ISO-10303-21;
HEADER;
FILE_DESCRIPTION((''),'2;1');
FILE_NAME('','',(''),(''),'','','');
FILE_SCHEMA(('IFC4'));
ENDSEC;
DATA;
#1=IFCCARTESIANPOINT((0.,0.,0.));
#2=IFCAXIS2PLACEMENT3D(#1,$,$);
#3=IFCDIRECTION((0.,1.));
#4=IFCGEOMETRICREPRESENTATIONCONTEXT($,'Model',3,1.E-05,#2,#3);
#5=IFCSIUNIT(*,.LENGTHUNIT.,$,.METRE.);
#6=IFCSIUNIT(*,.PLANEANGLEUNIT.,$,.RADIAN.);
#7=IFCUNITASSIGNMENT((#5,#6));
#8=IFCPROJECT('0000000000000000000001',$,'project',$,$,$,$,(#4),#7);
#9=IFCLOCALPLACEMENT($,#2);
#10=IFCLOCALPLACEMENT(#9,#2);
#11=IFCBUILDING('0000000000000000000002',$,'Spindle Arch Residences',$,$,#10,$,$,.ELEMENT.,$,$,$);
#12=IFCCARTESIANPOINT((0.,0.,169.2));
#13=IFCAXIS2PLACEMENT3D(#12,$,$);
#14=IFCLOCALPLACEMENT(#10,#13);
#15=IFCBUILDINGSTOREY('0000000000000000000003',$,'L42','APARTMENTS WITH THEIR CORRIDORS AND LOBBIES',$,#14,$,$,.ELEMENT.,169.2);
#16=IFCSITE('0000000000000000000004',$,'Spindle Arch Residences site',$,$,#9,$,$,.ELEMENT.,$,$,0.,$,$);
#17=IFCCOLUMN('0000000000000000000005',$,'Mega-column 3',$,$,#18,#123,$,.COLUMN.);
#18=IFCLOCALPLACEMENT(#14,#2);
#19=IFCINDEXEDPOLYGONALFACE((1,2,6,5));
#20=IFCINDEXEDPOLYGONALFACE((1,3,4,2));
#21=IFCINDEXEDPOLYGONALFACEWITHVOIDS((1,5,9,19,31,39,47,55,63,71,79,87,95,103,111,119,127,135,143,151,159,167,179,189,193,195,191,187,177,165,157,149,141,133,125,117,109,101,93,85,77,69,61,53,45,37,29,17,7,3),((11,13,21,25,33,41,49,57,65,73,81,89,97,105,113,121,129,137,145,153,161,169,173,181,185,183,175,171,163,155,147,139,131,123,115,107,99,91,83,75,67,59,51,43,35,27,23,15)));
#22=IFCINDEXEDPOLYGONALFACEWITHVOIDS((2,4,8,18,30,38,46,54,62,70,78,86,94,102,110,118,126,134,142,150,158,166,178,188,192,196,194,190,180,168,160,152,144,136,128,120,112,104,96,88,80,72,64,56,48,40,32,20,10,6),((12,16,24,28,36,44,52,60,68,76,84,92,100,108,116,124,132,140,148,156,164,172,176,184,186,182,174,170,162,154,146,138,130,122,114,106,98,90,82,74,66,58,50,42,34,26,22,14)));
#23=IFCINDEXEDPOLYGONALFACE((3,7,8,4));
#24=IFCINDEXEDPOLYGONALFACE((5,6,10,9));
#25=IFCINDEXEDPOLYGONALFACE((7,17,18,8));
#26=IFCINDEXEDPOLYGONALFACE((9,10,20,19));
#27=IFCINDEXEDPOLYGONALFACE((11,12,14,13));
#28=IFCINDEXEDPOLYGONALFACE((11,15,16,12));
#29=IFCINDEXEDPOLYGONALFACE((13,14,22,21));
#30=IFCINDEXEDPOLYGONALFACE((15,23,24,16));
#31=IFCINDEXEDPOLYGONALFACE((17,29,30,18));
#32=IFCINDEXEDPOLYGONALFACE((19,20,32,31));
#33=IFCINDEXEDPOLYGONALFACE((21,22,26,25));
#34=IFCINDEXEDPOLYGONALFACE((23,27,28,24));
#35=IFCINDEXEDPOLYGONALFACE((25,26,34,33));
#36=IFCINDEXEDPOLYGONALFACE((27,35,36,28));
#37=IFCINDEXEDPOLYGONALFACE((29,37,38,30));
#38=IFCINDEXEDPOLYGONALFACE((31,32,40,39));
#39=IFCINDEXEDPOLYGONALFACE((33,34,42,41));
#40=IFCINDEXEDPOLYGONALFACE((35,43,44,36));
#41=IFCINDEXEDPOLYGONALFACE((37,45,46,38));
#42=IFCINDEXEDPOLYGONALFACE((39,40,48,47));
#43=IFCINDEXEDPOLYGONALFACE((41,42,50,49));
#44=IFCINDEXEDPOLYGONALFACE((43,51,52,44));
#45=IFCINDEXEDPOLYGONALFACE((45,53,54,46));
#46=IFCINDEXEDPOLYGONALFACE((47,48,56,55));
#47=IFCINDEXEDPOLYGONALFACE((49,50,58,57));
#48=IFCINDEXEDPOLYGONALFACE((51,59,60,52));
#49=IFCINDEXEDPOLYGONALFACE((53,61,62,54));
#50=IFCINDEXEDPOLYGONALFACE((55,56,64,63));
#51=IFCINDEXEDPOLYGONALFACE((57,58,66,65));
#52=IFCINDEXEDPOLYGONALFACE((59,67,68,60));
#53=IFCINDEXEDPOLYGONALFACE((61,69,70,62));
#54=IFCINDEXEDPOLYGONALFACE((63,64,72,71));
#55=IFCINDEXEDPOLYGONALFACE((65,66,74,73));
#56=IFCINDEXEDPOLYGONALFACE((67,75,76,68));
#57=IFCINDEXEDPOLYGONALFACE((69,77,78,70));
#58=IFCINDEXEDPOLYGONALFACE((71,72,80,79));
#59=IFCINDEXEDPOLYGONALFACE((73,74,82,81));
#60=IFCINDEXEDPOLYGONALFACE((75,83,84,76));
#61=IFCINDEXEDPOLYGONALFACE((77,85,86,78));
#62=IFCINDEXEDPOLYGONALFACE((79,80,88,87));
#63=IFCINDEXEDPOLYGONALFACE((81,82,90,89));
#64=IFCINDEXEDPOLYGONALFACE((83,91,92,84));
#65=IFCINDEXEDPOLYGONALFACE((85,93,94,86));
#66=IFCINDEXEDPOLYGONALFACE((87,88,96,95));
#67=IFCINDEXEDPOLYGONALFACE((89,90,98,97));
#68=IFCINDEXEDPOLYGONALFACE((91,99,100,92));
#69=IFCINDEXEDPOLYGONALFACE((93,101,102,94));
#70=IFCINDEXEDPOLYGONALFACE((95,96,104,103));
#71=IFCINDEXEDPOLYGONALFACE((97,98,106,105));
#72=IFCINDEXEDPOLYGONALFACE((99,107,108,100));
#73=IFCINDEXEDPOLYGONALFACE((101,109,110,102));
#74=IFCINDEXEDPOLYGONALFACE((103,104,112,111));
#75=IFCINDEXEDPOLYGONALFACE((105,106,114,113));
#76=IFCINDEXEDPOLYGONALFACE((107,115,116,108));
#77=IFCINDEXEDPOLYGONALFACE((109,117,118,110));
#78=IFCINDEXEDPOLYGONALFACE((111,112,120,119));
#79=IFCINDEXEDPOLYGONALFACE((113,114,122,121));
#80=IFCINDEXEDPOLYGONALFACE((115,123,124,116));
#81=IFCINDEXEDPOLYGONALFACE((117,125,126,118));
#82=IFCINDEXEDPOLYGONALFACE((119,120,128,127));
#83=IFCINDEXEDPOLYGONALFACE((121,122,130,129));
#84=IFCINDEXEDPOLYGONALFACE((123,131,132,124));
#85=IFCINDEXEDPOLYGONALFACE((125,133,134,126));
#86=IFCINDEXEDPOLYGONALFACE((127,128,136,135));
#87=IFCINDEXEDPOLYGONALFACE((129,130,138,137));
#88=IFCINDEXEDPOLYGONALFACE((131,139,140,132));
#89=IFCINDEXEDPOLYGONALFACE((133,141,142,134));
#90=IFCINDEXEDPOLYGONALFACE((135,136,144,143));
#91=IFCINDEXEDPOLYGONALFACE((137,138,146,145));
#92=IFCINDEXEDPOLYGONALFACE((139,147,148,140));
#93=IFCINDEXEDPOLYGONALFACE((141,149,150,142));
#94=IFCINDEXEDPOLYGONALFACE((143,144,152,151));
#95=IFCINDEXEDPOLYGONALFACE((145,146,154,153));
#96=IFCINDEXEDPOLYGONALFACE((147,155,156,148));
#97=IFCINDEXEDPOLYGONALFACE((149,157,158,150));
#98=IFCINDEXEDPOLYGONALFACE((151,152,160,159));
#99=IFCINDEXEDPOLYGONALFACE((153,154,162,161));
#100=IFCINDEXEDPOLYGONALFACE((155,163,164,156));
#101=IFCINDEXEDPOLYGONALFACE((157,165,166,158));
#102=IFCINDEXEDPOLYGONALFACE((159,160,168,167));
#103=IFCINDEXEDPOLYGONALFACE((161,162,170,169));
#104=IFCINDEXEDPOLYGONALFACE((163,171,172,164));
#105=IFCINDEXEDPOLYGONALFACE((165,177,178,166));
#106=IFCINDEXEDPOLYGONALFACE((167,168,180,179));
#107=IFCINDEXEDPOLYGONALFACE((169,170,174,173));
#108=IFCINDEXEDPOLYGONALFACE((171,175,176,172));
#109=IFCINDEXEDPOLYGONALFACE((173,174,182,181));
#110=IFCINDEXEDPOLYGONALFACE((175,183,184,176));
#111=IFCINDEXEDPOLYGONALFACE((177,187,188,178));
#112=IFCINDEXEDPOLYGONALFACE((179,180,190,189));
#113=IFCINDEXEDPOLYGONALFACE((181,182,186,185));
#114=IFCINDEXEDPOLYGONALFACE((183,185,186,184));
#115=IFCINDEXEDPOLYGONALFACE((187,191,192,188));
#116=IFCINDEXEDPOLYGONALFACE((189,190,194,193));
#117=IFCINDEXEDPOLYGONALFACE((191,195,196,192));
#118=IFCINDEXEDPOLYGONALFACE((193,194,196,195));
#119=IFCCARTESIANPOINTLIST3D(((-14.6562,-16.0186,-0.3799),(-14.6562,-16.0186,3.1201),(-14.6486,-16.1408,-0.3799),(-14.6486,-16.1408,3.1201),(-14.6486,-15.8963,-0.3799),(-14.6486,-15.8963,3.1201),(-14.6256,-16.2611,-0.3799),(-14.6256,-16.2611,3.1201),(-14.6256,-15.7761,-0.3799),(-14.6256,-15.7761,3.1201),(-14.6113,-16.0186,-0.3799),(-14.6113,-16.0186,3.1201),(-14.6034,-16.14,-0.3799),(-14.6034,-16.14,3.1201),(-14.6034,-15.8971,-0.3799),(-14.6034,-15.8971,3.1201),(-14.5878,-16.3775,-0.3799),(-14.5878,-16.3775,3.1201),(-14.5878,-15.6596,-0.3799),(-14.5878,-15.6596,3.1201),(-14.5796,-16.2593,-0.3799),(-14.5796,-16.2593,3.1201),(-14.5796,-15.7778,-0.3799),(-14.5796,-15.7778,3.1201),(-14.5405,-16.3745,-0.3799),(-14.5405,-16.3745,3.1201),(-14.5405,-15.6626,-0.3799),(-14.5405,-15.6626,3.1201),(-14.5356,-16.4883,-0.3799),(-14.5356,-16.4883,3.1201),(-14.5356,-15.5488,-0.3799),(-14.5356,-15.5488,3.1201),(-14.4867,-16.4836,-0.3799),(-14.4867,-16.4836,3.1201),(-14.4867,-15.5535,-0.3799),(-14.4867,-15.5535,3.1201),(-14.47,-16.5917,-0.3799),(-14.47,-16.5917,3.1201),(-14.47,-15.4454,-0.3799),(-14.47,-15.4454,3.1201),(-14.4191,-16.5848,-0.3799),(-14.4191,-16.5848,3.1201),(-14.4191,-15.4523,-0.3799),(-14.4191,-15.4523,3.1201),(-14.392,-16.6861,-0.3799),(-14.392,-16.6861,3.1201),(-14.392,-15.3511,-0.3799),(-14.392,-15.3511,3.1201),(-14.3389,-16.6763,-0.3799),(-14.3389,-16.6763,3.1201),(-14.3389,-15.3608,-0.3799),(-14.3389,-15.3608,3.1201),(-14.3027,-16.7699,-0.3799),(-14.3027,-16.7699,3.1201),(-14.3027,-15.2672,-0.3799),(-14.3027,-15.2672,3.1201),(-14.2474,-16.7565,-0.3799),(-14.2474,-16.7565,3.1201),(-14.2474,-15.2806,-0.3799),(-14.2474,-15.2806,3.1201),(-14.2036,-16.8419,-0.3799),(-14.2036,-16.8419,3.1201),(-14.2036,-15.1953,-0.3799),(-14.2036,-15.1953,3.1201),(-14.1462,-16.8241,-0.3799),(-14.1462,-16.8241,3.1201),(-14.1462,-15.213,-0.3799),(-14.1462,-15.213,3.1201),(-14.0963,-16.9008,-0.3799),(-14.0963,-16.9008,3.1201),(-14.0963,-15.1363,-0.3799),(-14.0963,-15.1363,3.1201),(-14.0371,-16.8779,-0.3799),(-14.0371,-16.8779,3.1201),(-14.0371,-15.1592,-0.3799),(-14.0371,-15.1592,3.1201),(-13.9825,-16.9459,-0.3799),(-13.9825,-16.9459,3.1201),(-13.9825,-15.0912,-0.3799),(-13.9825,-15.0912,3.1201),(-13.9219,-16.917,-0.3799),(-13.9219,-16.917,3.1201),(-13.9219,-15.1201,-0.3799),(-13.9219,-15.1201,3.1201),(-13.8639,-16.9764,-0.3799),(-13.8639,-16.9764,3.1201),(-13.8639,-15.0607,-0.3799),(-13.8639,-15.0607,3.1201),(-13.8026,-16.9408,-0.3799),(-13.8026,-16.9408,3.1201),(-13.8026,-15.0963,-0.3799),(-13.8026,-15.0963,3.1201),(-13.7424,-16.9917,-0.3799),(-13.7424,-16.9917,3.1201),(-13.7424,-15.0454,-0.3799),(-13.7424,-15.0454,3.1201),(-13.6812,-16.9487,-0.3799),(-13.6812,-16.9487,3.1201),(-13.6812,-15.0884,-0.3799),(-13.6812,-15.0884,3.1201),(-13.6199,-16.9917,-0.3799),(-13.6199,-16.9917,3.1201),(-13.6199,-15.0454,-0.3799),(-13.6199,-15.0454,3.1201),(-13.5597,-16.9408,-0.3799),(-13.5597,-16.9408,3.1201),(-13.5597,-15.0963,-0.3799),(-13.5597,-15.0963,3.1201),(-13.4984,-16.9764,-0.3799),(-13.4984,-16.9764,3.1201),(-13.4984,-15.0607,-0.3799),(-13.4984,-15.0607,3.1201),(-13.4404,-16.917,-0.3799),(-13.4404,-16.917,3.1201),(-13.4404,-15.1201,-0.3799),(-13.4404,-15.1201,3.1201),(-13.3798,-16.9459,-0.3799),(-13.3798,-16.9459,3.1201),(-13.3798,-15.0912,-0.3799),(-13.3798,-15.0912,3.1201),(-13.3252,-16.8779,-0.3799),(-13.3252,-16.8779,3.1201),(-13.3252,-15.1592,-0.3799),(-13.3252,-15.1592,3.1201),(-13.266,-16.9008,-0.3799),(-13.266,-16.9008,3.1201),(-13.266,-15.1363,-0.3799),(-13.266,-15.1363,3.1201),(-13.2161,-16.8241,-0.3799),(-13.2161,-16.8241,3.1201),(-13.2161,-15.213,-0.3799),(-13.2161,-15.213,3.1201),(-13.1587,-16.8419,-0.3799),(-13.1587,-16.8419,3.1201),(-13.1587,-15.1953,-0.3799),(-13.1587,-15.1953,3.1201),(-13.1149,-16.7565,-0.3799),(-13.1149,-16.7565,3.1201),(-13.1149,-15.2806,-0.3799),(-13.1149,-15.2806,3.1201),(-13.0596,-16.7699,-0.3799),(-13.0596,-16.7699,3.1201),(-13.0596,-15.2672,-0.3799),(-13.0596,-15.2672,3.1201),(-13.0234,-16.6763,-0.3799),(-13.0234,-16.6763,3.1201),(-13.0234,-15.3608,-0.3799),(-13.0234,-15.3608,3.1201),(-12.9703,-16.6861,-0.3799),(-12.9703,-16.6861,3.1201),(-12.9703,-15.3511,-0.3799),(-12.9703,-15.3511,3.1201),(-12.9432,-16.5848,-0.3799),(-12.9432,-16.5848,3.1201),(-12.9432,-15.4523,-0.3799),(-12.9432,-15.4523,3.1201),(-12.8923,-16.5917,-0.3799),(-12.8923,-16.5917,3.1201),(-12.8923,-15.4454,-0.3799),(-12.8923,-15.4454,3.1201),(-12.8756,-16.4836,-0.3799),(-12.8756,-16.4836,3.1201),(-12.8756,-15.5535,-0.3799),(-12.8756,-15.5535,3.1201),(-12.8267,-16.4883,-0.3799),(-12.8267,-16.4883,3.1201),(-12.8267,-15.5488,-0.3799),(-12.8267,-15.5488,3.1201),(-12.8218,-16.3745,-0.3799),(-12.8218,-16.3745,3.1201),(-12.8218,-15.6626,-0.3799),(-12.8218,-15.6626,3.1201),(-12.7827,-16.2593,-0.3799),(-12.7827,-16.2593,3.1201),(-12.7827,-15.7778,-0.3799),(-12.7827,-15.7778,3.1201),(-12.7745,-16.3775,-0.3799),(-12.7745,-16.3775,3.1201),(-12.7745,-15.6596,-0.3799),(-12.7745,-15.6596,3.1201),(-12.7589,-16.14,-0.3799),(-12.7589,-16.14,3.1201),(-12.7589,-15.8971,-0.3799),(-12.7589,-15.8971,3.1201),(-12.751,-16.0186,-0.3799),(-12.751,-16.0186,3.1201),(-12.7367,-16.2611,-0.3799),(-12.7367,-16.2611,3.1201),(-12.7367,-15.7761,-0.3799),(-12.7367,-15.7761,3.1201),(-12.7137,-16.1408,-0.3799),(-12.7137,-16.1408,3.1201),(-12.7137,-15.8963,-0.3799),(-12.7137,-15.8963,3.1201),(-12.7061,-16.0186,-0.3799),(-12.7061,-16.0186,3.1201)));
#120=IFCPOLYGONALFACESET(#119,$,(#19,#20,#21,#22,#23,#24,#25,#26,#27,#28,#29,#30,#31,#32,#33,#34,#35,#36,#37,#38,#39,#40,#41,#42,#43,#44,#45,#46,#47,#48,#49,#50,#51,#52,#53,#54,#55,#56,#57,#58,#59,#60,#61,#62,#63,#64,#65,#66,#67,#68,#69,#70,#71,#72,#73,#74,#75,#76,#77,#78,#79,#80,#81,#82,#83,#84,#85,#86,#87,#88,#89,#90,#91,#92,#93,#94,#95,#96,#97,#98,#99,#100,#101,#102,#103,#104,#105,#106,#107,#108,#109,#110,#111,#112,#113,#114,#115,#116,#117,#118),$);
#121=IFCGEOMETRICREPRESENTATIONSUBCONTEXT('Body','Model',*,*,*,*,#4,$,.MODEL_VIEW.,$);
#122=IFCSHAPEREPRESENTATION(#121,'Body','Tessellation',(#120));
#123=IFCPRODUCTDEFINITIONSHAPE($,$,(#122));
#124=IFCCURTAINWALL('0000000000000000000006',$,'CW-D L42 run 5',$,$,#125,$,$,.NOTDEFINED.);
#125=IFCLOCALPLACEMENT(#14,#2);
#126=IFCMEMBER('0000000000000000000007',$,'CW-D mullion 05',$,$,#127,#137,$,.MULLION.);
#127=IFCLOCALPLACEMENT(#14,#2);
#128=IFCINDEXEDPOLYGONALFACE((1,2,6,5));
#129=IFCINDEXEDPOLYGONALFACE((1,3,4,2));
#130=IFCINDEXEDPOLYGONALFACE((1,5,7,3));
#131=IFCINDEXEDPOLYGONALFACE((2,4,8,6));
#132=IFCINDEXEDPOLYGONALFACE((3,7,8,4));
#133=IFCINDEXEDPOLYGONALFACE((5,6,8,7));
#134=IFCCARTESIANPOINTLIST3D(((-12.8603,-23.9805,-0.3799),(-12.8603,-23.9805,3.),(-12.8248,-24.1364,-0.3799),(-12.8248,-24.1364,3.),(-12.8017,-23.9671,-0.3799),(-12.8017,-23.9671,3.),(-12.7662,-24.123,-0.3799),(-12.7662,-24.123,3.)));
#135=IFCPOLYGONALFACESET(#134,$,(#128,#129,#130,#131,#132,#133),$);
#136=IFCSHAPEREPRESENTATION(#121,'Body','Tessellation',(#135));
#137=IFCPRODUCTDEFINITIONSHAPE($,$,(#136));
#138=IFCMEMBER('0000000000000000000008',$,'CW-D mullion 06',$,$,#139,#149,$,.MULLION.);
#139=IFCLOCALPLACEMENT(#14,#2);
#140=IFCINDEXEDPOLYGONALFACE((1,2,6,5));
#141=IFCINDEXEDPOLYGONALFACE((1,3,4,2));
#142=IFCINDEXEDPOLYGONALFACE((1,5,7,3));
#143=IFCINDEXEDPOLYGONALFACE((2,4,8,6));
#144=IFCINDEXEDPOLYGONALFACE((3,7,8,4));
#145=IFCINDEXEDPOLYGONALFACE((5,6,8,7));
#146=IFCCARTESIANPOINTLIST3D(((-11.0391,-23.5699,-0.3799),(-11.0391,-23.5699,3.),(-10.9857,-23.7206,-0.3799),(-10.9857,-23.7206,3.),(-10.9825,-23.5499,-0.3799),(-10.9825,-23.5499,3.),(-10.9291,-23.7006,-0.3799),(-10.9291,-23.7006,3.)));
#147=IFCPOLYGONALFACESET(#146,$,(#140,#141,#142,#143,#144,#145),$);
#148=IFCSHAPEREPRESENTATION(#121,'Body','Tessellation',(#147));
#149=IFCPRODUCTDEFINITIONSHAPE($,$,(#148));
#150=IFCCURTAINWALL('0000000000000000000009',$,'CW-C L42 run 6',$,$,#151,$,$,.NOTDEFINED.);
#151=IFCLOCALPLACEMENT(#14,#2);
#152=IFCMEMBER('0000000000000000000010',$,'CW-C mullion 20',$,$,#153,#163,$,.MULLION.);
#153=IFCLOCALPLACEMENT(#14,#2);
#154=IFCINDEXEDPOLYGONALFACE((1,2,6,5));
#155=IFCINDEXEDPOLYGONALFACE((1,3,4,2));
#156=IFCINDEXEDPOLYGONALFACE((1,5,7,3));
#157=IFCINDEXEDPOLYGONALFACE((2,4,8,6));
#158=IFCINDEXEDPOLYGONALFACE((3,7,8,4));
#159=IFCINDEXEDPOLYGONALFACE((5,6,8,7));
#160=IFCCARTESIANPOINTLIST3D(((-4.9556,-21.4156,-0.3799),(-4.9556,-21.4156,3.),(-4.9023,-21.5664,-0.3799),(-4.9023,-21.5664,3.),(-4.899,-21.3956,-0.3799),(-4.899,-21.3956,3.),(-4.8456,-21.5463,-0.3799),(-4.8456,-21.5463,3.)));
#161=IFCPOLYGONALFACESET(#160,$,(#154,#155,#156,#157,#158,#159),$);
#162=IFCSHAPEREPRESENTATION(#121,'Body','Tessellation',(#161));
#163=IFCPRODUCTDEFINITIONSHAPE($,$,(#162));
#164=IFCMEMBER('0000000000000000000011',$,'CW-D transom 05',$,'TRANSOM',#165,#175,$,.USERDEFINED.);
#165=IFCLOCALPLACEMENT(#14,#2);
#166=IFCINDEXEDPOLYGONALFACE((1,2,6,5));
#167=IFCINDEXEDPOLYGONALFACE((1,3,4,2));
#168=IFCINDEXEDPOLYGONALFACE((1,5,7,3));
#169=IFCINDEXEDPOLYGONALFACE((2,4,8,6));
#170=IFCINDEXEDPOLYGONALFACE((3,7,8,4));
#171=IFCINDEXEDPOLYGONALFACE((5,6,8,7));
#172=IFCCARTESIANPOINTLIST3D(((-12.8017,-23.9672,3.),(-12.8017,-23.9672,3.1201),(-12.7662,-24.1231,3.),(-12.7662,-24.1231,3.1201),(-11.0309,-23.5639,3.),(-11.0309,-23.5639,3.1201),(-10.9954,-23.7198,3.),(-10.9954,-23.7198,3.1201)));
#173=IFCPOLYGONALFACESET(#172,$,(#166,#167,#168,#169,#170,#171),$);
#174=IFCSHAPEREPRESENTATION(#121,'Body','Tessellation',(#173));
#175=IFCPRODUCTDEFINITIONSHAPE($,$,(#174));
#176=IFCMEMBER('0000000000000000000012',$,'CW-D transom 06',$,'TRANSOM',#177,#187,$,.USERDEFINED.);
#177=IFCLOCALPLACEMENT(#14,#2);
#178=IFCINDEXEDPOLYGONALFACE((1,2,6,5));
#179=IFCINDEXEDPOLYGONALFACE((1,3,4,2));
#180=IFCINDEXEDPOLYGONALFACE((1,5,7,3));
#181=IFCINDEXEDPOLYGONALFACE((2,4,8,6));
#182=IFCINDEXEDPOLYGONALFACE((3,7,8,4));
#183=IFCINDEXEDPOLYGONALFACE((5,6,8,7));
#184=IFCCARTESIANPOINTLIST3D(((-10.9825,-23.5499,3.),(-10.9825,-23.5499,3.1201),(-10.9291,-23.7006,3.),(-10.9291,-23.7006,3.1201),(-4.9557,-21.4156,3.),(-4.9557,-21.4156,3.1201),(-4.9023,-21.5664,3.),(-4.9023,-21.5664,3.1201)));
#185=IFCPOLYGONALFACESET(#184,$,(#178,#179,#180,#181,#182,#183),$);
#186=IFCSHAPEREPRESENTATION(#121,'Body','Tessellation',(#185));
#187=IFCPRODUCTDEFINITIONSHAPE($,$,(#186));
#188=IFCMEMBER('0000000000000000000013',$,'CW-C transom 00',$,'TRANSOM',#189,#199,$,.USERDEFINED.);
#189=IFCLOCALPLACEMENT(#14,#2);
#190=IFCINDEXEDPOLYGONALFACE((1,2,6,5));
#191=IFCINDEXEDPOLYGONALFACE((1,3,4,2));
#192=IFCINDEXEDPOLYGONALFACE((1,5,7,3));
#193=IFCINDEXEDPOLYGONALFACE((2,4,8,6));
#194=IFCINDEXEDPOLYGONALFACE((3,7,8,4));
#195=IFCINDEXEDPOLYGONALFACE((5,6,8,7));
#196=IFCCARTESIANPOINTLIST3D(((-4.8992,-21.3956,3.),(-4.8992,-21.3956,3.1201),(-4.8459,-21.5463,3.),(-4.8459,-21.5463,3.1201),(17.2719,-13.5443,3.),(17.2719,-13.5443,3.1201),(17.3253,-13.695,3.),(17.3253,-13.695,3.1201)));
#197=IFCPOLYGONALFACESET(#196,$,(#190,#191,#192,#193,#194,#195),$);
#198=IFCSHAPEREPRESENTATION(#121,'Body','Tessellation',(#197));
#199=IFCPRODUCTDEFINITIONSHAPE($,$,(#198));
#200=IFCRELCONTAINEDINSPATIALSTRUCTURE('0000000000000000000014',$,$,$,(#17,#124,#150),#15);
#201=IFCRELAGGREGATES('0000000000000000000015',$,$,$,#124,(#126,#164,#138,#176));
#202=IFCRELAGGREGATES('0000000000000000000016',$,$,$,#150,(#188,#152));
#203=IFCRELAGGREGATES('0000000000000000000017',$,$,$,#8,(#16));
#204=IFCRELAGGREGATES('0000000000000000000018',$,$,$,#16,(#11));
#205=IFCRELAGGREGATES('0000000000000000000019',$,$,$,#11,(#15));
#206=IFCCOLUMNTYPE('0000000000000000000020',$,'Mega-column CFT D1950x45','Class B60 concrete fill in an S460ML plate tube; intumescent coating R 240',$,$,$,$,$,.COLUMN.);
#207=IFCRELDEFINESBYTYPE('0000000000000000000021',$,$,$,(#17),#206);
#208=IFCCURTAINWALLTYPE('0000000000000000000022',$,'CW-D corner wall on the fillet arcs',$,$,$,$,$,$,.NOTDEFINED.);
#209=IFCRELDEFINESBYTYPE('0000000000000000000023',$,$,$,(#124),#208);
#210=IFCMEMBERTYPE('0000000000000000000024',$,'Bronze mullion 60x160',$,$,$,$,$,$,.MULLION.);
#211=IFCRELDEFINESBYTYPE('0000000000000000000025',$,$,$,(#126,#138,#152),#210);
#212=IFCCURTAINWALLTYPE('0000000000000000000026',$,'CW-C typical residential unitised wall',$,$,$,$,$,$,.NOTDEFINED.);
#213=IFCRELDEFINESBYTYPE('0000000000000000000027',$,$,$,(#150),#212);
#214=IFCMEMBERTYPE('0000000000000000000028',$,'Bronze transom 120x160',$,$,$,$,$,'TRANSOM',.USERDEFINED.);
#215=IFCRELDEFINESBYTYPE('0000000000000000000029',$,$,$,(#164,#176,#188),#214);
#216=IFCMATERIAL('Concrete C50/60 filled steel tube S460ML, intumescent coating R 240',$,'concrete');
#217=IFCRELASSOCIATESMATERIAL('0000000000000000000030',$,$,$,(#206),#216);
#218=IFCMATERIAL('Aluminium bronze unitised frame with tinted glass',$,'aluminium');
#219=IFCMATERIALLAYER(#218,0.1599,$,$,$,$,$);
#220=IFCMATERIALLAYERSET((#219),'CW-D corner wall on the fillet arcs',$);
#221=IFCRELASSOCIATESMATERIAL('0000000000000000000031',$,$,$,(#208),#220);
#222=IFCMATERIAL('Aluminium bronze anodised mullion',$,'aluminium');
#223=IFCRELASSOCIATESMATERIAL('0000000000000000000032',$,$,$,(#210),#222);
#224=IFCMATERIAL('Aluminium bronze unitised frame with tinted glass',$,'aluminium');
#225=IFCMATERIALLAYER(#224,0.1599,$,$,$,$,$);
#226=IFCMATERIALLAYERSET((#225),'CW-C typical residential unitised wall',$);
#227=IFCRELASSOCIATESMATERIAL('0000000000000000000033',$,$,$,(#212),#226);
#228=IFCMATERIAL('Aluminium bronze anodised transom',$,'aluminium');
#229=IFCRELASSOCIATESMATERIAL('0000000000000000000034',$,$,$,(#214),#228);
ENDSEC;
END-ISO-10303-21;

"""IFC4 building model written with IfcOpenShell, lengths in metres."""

from ifc_helpers import new_model, si_unit, direction, frame, origin, origin_2d, place, context, subcontext, project, spatial, rectangle, hollow_circle, extrude, material, layer, layer_set, material_profile, profile_set, type_object, element, aggregate, save


model = new_model("IFC4")

# Units and contexts
model_context = context("Model", 3, precision=1e-05, world=origin(), true_north=direction((0.0, 1.0)))
body_context = subcontext(model_context, "Body", "Model", "MODEL_VIEW")
ifc_project = project(units=[si_unit("LENGTHUNIT", "METRE"), si_unit("PLANEANGLEUNIT", "RADIAN")], contexts=[model_context])

# Site, building, storey
site_placement = place(None, origin())
site = spatial("IfcSite", under=ifc_project, at=site_placement, Name="Spindle Arch Residences site", CompositionType="ELEMENT", RefElevation=0.0)
building_placement = place(site_placement, origin())
building = spatial("IfcBuilding", under=site, at=building_placement, Name="Spindle Arch Residences", CompositionType="ELEMENT")
storey_placement = place(building_placement, frame((0.0, 0.0, 169.2)))
storey = spatial("IfcBuildingStorey", under=building, at=storey_placement, Name="L42", Description="APARTMENTS WITH THEIR CORRIDORS AND LOBBIES", CompositionType="ELEMENT", Elevation=169.2)

# Column
ifc_material_1 = material(Name="Concrete C50/60 filled steel tube S460ML, intumescent coating R 240", Category="concrete")
ifc_material_profile_1 = material_profile(ifc_material_1, hollow_circle(Radius=0.9751, WallThickness=0.0449, at=origin_2d()), Name="CFT D1950x45")
ifc_profile_set_1 = profile_set([ifc_material_profile_1], Name="Concrete C50/60 filled steel tube S460ML, intumescent coating R 240")
column_type_1 = type_object("IfcColumnType", Name="Mega-column CFT D1950x45", Description="Class B60 concrete fill in an S460ML plate tube; intumescent coating R 240", PredefinedType="COLUMN", material=ifc_profile_set_1)
column_placement = place(storey_placement, frame((-13.6812, -16.0186, -0.3799), z_axis=(0.0, 0.0, 1.0), x_axis=(1.0, 0.0, 0.0)))
element("IfcColumn", 1, at=column_placement, inside=storey, type_object=column_type_1, Name="Mega-column 3", PredefinedType="COLUMN", context=body_context, shape_type="SweptSolid", body=[
    extrude(hollow_circle(Radius=0.9751, WallThickness=0.0449, at=origin_2d()), origin(), (0.0, 0.0, 1.0), 3.5),
])

# Curtain wall, members
ifc_material_2 = material(Name="Aluminium bronze unitised frame with tinted glass", Category="aluminium")
ifc_layer_1 = layer(ifc_material_2, 0.1599)
ifc_layer_set_1 = layer_set([ifc_layer_1], Name="CW-D corner wall on the fillet arcs")
curtain_wall_type_1 = type_object("IfcCurtainWallType", Name="CW-D corner wall on the fillet arcs", PredefinedType="NOTDEFINED", material=ifc_layer_set_1)
curtain_wall_1_placement = place(storey_placement, origin())
curtain_wall_1 = element("IfcCurtainWall", 2, at=curtain_wall_1_placement, inside=storey, type_object=curtain_wall_type_1, Name="CW-D L42 run 5", PredefinedType="NOTDEFINED")
ifc_material_3 = material(Name="Aluminium bronze anodised mullion", Category="aluminium")
ifc_material_profile_2 = material_profile(ifc_material_3, rectangle(XDim=0.1599, YDim=0.0601, at=origin_2d()), Name="MU 60x160")
ifc_profile_set_2 = profile_set([ifc_material_profile_2], Name="Aluminium bronze anodised mullion")
member_type_1 = type_object("IfcMemberType", Name="Bronze mullion 60x160", PredefinedType="MULLION", material=ifc_profile_set_2)
member_1_placement = place(storey_placement, frame((-12.8132, -24.0518, -0.3799), z_axis=(0.0, 0.0, 1.0), x_axis=(-0.222116, 0.97502, 0.0)))
member_1 = element("IfcMember", 3, at=member_1_placement, type_object=member_type_1, Name="CW-D mullion 05", PredefinedType="MULLION", context=body_context, shape_type="SweptSolid", body=[
    extrude(rectangle(XDim=0.1599, YDim=0.0601, at=origin_2d()), origin(), (0.0, 0.0, 1.0), 3.3799),
])
member_2_placement = place(storey_placement, frame((-10.9841, -23.6353, -0.3799), z_axis=(0.0, 0.0, 1.0), x_axis=(-0.333807, 0.942641, 0.0)))
member_2 = element("IfcMember", 4, at=member_2_placement, type_object=member_type_1, Name="CW-D mullion 06", PredefinedType="MULLION", context=body_context, shape_type="SweptSolid", body=[
    extrude(rectangle(XDim=0.1599, YDim=0.0601, at=origin_2d()), origin(), (0.0, 0.0, 1.0), 3.3799),
])

# Curtain wall, member
ifc_material_4 = material(Name="Aluminium bronze unitised frame with tinted glass", Category="aluminium")
ifc_layer_2 = layer(ifc_material_4, 0.1599)
ifc_layer_set_2 = layer_set([ifc_layer_2], Name="CW-C typical residential unitised wall")
curtain_wall_type_2 = type_object("IfcCurtainWallType", Name="CW-C typical residential unitised wall", PredefinedType="NOTDEFINED", material=ifc_layer_set_2)
curtain_wall_2_placement = place(storey_placement, origin())
curtain_wall_2 = element("IfcCurtainWall", 5, at=curtain_wall_2_placement, inside=storey, type_object=curtain_wall_type_2, Name="CW-C L42 run 6", PredefinedType="NOTDEFINED")
member_3_placement = place(storey_placement, frame((-4.9006, -21.481, -0.3799), z_axis=(0.0, 0.0, 1.0), x_axis=(-0.333807, 0.942641, 0.0)))
member_3 = element("IfcMember", 6, at=member_3_placement, type_object=member_type_1, Name="CW-C mullion 20", PredefinedType="MULLION", context=body_context, shape_type="SweptSolid", body=[
    extrude(rectangle(XDim=0.1599, YDim=0.0601, at=origin_2d()), origin(), (0.0, 0.0, 1.0), 3.3799),
])

# Members
ifc_material_5 = material(Name="Aluminium bronze anodised transom", Category="aluminium")
ifc_material_profile_3 = material_profile(ifc_material_5, rectangle(XDim=0.1599, YDim=0.1201, at=origin_2d()), Name="TR 120x160")
ifc_profile_set_3 = profile_set([ifc_material_profile_3], Name="Aluminium bronze anodised transom")
member_type_2 = type_object("IfcMemberType", Name="Bronze transom 120x160", ElementType="TRANSOM", PredefinedType="USERDEFINED", material=ifc_profile_set_3)
member_4_placement = place(storey_placement, frame((-12.7839, -24.0452, 3.0601), z_axis=(0.975028, 0.22208, 0.0), x_axis=(-0.22208, 0.975028, 0.0)))
member_4 = element("IfcMember", 7, at=member_4_placement, type_object=member_type_2, Name="CW-D transom 05", ObjectType="TRANSOM", PredefinedType="USERDEFINED", context=body_context, shape_type="SweptSolid", body=[
    extrude(rectangle(XDim=0.1599, YDim=0.1201, at=origin_2d()), origin(), (0.0, 0.0, 1.0), 1.8162),
])
member_5_placement = place(storey_placement, frame((-10.9558, -23.6252, 3.0601), z_axis=(0.942639, 0.333815, 0.0), x_axis=(-0.333815, 0.942639, 0.0)))
member_5 = element("IfcMember", 8, at=member_5_placement, type_object=member_type_2, Name="CW-D transom 06", ObjectType="TRANSOM", PredefinedType="USERDEFINED", context=body_context, shape_type="SweptSolid", body=[
    extrude(rectangle(XDim=0.1599, YDim=0.1201, at=origin_2d()), origin(), (0.0, 0.0, 1.0), 6.3936),
])
member_6_placement = place(storey_placement, frame((-4.8726, -21.4709, 3.0601), z_axis=(0.94264, 0.333811, 0.0), x_axis=(-0.333811, 0.94264, 0.0)))
member_6 = element("IfcMember", 9, at=member_6_placement, type_object=member_type_2, Name="CW-C transom 00", ObjectType="TRANSOM", PredefinedType="USERDEFINED", context=body_context, shape_type="SweptSolid", body=[
    extrude(rectangle(XDim=0.1599, YDim=0.1201, at=origin_2d()), origin(), (0.0, 0.0, 1.0), 23.5203),
])

aggregate(curtain_wall_1, [member_1, member_4, member_2, member_5])
aggregate(curtain_wall_2, [member_6, member_3])

save(model, "model.ifc")
